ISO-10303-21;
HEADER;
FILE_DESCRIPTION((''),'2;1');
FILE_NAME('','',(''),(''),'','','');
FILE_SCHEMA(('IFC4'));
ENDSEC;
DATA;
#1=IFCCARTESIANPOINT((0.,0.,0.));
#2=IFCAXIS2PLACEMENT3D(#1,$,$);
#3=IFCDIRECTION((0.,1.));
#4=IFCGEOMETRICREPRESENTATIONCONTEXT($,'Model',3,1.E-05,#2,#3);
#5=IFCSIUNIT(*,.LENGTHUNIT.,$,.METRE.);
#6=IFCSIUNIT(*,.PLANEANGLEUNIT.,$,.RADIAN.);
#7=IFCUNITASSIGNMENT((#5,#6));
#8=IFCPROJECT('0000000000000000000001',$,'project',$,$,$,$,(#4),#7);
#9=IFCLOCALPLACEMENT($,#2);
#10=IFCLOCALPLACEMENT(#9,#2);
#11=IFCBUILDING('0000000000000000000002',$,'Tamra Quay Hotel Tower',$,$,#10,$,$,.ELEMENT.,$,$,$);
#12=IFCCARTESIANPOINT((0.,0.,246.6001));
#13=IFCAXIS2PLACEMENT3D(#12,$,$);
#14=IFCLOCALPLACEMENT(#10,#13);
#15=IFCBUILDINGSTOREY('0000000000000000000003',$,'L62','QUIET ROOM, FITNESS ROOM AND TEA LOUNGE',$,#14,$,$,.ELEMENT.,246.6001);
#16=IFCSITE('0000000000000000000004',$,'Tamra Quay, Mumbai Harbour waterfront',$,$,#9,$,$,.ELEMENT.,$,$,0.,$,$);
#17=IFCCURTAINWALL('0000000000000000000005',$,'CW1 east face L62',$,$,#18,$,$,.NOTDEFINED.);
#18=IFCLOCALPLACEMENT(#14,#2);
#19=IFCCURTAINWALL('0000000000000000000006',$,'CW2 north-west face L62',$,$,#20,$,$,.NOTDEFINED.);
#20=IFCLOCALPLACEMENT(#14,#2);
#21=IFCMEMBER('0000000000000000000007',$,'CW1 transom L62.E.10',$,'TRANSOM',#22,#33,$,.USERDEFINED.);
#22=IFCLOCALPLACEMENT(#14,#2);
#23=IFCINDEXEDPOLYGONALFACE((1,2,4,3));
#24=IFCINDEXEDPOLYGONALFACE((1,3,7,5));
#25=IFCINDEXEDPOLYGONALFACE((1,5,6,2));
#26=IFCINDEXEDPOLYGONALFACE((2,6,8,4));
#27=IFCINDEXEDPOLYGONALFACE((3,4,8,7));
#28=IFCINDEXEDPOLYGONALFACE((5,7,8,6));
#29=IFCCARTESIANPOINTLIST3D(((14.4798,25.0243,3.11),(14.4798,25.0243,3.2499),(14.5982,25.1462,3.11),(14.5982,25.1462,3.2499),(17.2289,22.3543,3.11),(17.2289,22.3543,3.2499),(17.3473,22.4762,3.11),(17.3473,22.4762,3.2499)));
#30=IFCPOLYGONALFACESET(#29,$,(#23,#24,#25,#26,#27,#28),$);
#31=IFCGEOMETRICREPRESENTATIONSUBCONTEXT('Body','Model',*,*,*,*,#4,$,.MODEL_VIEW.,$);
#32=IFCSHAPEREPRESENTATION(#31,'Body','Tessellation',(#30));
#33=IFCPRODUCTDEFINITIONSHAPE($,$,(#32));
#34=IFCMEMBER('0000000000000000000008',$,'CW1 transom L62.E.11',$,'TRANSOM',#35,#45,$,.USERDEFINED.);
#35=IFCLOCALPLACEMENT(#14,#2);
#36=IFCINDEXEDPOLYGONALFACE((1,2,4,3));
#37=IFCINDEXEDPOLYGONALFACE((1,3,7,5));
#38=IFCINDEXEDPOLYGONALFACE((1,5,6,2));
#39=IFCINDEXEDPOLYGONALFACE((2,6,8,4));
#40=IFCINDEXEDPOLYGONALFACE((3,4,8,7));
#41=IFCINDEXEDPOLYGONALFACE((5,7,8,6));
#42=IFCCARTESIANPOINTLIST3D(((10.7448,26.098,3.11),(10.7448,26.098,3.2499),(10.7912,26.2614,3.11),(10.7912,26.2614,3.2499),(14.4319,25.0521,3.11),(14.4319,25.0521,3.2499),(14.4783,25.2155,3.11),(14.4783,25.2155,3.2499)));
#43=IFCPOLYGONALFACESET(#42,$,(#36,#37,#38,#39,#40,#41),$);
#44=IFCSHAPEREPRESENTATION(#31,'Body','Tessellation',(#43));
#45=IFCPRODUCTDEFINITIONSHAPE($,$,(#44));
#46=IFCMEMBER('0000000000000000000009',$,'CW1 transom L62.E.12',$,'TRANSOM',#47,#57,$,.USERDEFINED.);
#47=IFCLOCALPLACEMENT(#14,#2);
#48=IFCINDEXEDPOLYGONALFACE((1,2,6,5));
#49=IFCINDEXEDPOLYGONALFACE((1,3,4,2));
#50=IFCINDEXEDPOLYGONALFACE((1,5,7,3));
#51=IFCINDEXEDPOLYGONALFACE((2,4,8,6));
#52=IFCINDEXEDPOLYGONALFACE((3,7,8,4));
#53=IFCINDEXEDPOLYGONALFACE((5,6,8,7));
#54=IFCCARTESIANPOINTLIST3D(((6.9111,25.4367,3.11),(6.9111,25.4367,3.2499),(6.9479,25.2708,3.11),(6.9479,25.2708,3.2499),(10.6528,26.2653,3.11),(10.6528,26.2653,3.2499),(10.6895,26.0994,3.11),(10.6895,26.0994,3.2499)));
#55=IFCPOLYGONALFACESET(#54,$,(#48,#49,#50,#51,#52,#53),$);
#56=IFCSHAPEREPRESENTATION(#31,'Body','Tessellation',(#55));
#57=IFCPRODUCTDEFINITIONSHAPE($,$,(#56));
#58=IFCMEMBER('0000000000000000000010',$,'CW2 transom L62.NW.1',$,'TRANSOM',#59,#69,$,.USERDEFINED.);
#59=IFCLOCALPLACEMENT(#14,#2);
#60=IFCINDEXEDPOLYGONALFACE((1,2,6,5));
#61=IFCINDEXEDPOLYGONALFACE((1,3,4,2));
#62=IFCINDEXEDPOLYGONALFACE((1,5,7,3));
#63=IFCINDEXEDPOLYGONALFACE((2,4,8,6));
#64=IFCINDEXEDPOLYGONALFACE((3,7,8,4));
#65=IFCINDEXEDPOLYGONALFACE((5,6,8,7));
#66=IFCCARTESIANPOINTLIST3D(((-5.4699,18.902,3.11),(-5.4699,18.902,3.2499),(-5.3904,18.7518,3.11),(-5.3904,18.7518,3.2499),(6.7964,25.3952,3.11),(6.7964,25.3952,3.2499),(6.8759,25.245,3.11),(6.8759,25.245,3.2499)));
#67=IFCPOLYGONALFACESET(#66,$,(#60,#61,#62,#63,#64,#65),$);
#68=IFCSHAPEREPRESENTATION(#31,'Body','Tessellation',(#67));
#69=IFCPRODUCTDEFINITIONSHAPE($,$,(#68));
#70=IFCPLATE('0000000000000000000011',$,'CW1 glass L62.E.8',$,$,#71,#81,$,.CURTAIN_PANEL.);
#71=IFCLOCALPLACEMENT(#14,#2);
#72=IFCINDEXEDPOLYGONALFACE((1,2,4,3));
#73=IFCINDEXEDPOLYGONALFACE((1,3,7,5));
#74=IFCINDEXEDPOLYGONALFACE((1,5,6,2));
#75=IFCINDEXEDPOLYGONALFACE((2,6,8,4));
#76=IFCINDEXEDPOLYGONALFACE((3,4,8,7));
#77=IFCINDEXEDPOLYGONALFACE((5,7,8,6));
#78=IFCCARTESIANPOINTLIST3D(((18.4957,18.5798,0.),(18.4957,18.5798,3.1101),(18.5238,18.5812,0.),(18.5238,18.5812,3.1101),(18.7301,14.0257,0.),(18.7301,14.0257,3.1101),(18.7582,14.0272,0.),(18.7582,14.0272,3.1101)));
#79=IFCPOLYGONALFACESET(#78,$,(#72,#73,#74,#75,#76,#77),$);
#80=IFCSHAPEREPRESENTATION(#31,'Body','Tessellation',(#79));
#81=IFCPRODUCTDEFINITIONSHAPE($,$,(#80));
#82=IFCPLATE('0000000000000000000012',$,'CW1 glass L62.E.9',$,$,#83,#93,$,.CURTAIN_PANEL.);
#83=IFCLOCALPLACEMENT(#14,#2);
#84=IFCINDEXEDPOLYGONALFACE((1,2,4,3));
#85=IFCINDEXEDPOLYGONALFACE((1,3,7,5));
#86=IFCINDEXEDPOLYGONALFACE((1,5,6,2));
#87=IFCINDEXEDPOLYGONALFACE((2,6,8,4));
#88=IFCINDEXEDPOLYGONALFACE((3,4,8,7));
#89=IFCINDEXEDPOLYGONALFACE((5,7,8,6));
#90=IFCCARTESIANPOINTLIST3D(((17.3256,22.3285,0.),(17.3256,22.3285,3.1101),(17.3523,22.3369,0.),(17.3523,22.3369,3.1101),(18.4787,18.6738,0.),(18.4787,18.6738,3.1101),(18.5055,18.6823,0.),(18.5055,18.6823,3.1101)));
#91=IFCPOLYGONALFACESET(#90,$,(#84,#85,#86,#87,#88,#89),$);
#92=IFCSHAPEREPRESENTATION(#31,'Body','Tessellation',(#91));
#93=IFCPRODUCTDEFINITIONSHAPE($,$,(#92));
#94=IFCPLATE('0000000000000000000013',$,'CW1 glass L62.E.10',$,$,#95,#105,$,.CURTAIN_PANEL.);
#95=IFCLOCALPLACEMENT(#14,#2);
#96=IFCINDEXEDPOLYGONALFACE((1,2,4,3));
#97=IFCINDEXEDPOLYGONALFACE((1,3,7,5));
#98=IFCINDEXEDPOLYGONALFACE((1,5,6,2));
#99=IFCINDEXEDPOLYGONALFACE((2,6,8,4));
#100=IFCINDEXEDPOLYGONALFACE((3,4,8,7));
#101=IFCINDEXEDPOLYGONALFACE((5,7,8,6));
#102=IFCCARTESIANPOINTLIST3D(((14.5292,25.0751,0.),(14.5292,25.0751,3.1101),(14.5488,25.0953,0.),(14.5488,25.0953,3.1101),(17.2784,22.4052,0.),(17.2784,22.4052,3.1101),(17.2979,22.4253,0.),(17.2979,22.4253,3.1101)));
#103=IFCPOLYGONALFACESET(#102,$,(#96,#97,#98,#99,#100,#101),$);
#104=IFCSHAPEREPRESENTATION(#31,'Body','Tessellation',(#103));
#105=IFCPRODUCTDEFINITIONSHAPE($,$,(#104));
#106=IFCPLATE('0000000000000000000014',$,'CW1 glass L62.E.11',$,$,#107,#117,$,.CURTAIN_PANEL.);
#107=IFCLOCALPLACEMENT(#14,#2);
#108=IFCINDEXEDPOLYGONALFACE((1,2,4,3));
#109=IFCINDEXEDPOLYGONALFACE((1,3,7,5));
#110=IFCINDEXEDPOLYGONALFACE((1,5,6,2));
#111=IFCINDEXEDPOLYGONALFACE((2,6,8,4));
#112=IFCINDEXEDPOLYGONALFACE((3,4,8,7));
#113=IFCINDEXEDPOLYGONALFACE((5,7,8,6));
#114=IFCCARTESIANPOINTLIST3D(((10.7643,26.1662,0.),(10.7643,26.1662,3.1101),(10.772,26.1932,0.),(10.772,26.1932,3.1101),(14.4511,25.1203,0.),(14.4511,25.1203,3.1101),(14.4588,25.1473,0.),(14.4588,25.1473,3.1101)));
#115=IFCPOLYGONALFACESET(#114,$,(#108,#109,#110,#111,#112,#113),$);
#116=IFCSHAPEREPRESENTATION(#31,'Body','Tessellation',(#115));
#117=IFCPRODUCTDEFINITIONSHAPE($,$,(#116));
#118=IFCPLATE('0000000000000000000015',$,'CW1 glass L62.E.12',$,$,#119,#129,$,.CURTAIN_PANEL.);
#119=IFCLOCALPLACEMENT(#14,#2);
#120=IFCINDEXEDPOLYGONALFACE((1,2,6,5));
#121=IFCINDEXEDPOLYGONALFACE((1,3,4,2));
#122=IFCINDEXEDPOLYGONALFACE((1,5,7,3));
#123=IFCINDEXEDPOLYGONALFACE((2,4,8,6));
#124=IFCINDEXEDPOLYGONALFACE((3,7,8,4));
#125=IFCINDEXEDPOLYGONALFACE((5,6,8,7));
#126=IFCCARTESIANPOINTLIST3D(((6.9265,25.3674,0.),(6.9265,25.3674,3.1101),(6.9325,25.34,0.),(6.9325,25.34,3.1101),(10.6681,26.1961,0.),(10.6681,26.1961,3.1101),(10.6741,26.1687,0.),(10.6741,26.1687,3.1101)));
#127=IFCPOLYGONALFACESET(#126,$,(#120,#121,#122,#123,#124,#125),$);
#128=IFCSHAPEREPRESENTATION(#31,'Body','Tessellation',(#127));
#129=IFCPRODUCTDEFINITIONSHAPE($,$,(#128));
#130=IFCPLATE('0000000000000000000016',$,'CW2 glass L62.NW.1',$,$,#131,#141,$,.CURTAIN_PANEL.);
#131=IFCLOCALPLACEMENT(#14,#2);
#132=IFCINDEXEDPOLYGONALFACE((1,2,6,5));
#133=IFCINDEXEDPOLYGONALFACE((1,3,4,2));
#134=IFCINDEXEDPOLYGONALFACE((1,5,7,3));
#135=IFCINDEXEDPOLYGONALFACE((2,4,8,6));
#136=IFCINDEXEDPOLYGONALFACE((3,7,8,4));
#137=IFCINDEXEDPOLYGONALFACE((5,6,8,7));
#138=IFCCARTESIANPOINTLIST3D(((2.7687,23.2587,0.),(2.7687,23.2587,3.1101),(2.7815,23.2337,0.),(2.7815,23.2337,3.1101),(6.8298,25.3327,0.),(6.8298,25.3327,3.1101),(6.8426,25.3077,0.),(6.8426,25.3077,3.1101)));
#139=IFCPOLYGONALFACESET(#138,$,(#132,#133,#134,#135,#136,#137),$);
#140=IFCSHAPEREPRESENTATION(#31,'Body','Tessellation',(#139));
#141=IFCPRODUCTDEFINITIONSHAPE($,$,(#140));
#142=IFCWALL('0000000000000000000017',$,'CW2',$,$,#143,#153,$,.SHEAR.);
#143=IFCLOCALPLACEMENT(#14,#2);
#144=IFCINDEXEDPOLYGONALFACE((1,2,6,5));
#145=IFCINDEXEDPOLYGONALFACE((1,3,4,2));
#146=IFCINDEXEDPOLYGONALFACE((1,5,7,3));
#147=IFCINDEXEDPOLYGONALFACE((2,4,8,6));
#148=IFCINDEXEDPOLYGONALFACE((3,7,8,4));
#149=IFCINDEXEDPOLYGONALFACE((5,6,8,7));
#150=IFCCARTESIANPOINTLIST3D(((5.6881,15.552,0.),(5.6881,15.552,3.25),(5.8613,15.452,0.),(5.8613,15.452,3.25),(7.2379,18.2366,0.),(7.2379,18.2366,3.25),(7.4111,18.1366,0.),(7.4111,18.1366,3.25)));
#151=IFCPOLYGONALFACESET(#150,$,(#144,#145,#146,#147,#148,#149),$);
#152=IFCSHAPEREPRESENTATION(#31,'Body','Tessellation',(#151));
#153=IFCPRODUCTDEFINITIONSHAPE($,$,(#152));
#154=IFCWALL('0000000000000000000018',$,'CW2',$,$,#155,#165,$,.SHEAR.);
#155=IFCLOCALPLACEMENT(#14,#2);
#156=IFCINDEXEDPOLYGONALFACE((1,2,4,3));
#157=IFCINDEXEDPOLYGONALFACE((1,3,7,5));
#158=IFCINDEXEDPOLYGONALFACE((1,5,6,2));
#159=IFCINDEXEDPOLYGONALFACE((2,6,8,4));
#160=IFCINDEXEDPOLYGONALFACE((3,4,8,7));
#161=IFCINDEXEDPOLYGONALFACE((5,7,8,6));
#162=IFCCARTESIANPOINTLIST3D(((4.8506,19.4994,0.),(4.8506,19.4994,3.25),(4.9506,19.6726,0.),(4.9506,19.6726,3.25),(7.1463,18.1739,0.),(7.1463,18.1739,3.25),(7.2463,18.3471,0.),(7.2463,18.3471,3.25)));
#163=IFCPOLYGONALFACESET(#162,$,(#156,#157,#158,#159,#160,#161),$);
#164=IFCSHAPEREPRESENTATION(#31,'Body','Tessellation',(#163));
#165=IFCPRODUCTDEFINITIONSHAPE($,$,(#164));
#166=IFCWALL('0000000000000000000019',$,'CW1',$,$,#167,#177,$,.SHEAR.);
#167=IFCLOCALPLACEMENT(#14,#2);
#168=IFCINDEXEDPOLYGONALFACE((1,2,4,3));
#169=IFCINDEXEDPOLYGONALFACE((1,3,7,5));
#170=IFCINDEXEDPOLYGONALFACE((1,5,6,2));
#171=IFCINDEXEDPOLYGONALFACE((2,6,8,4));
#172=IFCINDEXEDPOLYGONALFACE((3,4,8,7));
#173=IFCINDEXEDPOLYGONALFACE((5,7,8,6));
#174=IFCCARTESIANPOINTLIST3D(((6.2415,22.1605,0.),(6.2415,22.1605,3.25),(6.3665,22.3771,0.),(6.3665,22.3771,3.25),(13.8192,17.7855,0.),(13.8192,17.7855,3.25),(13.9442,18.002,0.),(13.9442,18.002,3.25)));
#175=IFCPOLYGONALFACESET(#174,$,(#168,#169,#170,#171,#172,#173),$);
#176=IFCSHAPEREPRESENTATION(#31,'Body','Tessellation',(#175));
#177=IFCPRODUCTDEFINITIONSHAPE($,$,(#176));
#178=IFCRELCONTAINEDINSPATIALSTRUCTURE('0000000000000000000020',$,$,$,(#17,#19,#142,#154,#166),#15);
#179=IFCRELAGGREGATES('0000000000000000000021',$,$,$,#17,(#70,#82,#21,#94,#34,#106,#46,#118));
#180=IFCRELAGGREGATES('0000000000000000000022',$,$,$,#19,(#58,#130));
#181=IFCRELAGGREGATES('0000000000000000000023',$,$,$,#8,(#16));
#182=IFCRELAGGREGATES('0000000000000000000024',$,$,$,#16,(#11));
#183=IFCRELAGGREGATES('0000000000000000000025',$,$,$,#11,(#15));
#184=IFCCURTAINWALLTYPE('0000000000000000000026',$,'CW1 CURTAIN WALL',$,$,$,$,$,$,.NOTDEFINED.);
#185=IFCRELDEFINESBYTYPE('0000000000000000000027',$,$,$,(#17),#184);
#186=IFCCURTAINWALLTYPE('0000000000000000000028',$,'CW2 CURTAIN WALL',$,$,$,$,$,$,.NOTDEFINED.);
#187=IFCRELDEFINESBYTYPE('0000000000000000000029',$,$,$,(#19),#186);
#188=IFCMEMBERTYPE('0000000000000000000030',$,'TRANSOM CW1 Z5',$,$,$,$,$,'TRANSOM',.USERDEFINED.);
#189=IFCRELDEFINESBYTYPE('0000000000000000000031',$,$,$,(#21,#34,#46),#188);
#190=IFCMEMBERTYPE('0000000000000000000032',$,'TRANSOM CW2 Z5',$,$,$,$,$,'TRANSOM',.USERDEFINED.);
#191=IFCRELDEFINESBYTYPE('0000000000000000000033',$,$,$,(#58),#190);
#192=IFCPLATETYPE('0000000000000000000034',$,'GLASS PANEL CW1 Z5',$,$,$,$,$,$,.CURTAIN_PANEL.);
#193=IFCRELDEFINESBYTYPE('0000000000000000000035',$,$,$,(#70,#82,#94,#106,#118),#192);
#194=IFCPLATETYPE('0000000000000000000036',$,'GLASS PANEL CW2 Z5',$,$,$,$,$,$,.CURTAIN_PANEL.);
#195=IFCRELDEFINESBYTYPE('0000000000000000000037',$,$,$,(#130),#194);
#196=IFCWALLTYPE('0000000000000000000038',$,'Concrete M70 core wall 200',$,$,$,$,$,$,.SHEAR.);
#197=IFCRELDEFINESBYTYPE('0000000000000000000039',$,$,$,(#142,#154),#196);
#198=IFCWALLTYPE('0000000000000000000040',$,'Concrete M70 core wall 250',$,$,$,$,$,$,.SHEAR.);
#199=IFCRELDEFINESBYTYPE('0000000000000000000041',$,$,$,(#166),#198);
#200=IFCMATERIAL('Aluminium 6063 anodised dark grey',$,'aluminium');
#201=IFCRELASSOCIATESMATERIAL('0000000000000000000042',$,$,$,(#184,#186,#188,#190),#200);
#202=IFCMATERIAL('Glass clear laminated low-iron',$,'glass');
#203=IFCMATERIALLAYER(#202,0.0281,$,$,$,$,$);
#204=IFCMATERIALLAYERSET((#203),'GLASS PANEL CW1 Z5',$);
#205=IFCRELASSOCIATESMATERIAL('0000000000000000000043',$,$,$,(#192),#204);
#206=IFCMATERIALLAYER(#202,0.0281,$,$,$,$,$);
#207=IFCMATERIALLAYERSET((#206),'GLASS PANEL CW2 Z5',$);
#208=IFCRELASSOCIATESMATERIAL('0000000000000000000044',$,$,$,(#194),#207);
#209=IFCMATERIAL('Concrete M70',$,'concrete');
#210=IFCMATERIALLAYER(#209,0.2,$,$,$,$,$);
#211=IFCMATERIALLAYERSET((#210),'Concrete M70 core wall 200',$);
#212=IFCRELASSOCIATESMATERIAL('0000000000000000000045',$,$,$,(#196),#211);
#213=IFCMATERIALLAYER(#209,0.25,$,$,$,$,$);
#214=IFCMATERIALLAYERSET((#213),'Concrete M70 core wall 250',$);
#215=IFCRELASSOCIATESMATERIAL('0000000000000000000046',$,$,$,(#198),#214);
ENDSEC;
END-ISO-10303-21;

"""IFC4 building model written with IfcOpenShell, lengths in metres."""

from ifc_helpers import new_model, si_unit, direction, frame, frame_2d, origin, origin_2d, place, context, subcontext, project, spatial, rectangle, extrude, material, layer, layer_set, material_profile, profile_set, type_object, element, aggregate, save


model = new_model("IFC4")

# Units and contexts
model_context = context("Model", 3, precision=1e-05, world=origin(), true_north=direction((0.0, 1.0)))
body_context = subcontext(model_context, "Body", "Model", "MODEL_VIEW")
ifc_project = project(units=[si_unit("LENGTHUNIT", "METRE"), si_unit("PLANEANGLEUNIT", "RADIAN")], contexts=[model_context])

# Site, building, storey
site_placement = place(None, origin())
site = spatial("IfcSite", under=ifc_project, at=site_placement, Name="Tamra Quay, Mumbai Harbour waterfront", CompositionType="ELEMENT", RefElevation=0.0)
building_placement = place(site_placement, origin())
building = spatial("IfcBuilding", under=site, at=building_placement, Name="Tamra Quay Hotel Tower", CompositionType="ELEMENT")
storey_placement = place(building_placement, frame((0.0, 0.0, 246.6001)))
storey = spatial("IfcBuildingStorey", under=building, at=storey_placement, Name="L62", Description="QUIET ROOM, FITNESS ROOM AND TEA LOUNGE", CompositionType="ELEMENT", Elevation=246.6001)

# Shared definitions
ifc_material_1 = material(Name="Concrete M70", Category="concrete")

# Curtain wall
ifc_material_2 = material(Name="Aluminium 6063 anodised dark grey", Category="aluminium")
curtain_wall_type_1 = type_object("IfcCurtainWallType", Name="CW1 CURTAIN WALL", PredefinedType="NOTDEFINED", material=ifc_material_2)
curtain_wall_1_placement = place(storey_placement, origin())
curtain_wall_1 = element("IfcCurtainWall", 1, at=curtain_wall_1_placement, inside=storey, type_object=curtain_wall_type_1, Name="CW1 east face L62", PredefinedType="NOTDEFINED")

# Curtain wall
curtain_wall_type_2 = type_object("IfcCurtainWallType", Name="CW2 CURTAIN WALL", PredefinedType="NOTDEFINED", material=ifc_material_2)
curtain_wall_2_placement = place(storey_placement, origin())
curtain_wall_2 = element("IfcCurtainWall", 2, at=curtain_wall_2_placement, inside=storey, type_object=curtain_wall_type_2, Name="CW2 north-west face L62", PredefinedType="NOTDEFINED")

# Members
ifc_material_profile_1 = material_profile(ifc_material_2, rectangle(XDim=0.1699, YDim=0.1399, at=origin_2d()), Name="TRANSOM 170X140")
ifc_profile_set_1 = profile_set([ifc_material_profile_1], Name="Aluminium 6063 anodised dark grey")
member_type_1 = type_object("IfcMemberType", Name="TRANSOM CW1 Z5", ElementType="TRANSOM", PredefinedType="USERDEFINED", material=ifc_profile_set_1)
member_1_placement = place(storey_placement, frame((17.2881, 22.4153, 3.1799), z_axis=(-0.717352, 0.696711, 0.0), x_axis=(-0.696711, -0.717352, 0.0)))
member_1 = element("IfcMember", 3, at=member_1_placement, type_object=member_type_1, Name="CW1 transom L62.E.10", ObjectType="TRANSOM", PredefinedType="USERDEFINED", context=body_context, shape_type="SweptSolid", body=[
    extrude(rectangle(XDim=0.1699, YDim=0.1399, at=origin_2d()), origin(), (0.0, 0.0, 1.0), 3.8323),
])
member_2_placement = place(storey_placement, frame((14.4551, 25.1338, 3.1799), z_axis=(-0.962041, 0.272903, 0.0), x_axis=(-0.272903, -0.962041, 0.0)))
member_2 = element("IfcMember", 4, at=member_2_placement, type_object=member_type_1, Name="CW1 transom L62.E.11", ObjectType="TRANSOM", PredefinedType="USERDEFINED", context=body_context, shape_type="SweptSolid", body=[
    extrude(rectangle(XDim=0.1699, YDim=0.1399, at=origin_2d()), origin(), (0.0, 0.0, 1.0), 3.8325),
])
member_3_placement = place(storey_placement, frame((10.6711, 26.1824, 3.1799), z_axis=(-0.976346, -0.216215, 0.0), x_axis=(0.216215, -0.976346, 0.0)))
member_3 = element("IfcMember", 5, at=member_3_placement, type_object=member_type_1, Name="CW1 transom L62.E.12", ObjectType="TRANSOM", PredefinedType="USERDEFINED", context=body_context, shape_type="SweptSolid", body=[
    extrude(rectangle(XDim=0.1699, YDim=0.1399, at=origin_2d()), origin(), (0.0, 0.0, 1.0), 3.8323),
])
ifc_material_profile_2 = material_profile(ifc_material_2, rectangle(XDim=0.1699, YDim=0.1399, at=origin_2d()), Name="TRANSOM 170X140")
ifc_profile_set_2 = profile_set([ifc_material_profile_2], Name="Aluminium 6063 anodised dark grey")
member_type_2 = type_object("IfcMemberType", Name="TRANSOM CW2 Z5", ElementType="TRANSOM", PredefinedType="USERDEFINED", material=ifc_profile_set_2)
member_4_placement = place(storey_placement, frame((6.8362, 25.3201, 3.1799), z_axis=(-0.883811, -0.467843, 0.0), x_axis=(0.467843, -0.883811, 0.0)))
member_4 = element("IfcMember", 6, at=member_4_placement, type_object=member_type_2, Name="CW2 transom L62.NW.1", ObjectType="TRANSOM", PredefinedType="USERDEFINED", context=body_context, shape_type="SweptSolid", body=[
    extrude(rectangle(XDim=0.1699, YDim=0.1399, at=origin_2d()), origin(), (0.0, 0.0, 1.0), 13.8789),
])

# Plates
ifc_material_3 = material(Name="Glass clear laminated low-iron", Category="glass")
ifc_layer_1 = layer(ifc_material_3, 0.0281)
ifc_layer_set_1 = layer_set([ifc_layer_1], Name="GLASS PANEL CW1 Z5")
plate_type_1 = type_object("IfcPlateType", Name="GLASS PANEL CW1 Z5", PredefinedType="CURTAIN_PANEL", material=ifc_layer_set_1)
plate_1_placement = place(storey_placement, frame((18.627, 16.3035, 0.0), z_axis=(0.0, 0.0, 1.0), x_axis=(-0.051403, 0.998678, 0.0)))
plate_1 = element("IfcPlate", 7, at=plate_1_placement, type_object=plate_type_1, Name="CW1 glass L62.E.8", PredefinedType="CURTAIN_PANEL", context=body_context, shape_type="SweptSolid", body=[
    extrude(rectangle(XDim=4.5601, YDim=0.0281, at=origin_2d()), origin(), (0.0, 0.0, 1.0), 3.1101),
])
plate_2_placement = place(storey_placement, frame((17.9155, 20.5054, 0.0), z_axis=(0.0, 0.0, 1.0), x_axis=(-0.300903, 0.953655, 0.0)))
plate_2 = element("IfcPlate", 8, at=plate_2_placement, type_object=plate_type_1, Name="CW1 glass L62.E.9", PredefinedType="CURTAIN_PANEL", context=body_context, shape_type="SweptSolid", body=[
    extrude(rectangle(XDim=3.8323, YDim=0.0281, at=origin_2d()), origin(), (0.0, 0.0, 1.0), 3.1101),
])
plate_3_placement = place(storey_placement, frame((15.9136, 23.7502, 0.0), z_axis=(0.0, 0.0, 1.0), x_axis=(-0.717364, 0.696698, 0.0)))
plate_3 = element("IfcPlate", 9, at=plate_3_placement, type_object=plate_type_1, Name="CW1 glass L62.E.10", PredefinedType="CURTAIN_PANEL", context=body_context, shape_type="SweptSolid", body=[
    extrude(rectangle(XDim=3.8323, YDim=0.0281, at=origin_2d()), origin(), (0.0, 0.0, 1.0), 3.1101),
])
plate_4_placement = place(storey_placement, frame((12.6116, 25.6567, 0.0), z_axis=(0.0, 0.0, 1.0), x_axis=(-0.962041, 0.272906, 0.0)))
plate_4 = element("IfcPlate", 10, at=plate_4_placement, type_object=plate_type_1, Name="CW1 glass L62.E.11", PredefinedType="CURTAIN_PANEL", context=body_context, shape_type="SweptSolid", body=[
    extrude(rectangle(XDim=3.8323, YDim=0.0281, at=origin_2d()), origin(), (0.0, 0.0, 1.0), 3.1101),
])
plate_5_placement = place(storey_placement, frame((8.8003, 25.7681, 0.0), z_axis=(0.0, 0.0, 1.0), x_axis=(-0.976341, -0.216238, 0.0)))
plate_5 = element("IfcPlate", 11, at=plate_5_placement, type_object=plate_type_1, Name="CW1 glass L62.E.12", PredefinedType="CURTAIN_PANEL", context=body_context, shape_type="SweptSolid", body=[
    extrude(rectangle(XDim=3.8323, YDim=0.0281, at=origin_2d()), origin(), (0.0, 0.0, 1.0), 3.1101),
])
aggregate(curtain_wall_1, [plate_1, plate_2, member_1, plate_3, member_2, plate_4, member_3, plate_5])
ifc_layer_2 = layer(ifc_material_3, 0.0281)
ifc_layer_set_2 = layer_set([ifc_layer_2], Name="GLASS PANEL CW2 Z5")
plate_type_2 = type_object("IfcPlateType", Name="GLASS PANEL CW2 Z5", PredefinedType="CURTAIN_PANEL", material=ifc_layer_set_2)
plate_6_placement = place(storey_placement, frame((4.8057, 24.2832, 0.0), z_axis=(0.0, 0.0, 1.0), x_axis=(-0.890582, -0.454823, 0.0)))
plate_6 = element("IfcPlate", 12, at=plate_6_placement, type_object=plate_type_2, Name="CW2 glass L62.NW.1", PredefinedType="CURTAIN_PANEL", context=body_context, shape_type="SweptSolid", body=[
    extrude(rectangle(XDim=4.5601, YDim=0.0281, at=origin_2d()), origin(), (0.0, 0.0, 1.0), 3.1101),
])
aggregate(curtain_wall_2, [member_4, plate_6])

# Walls
ifc_layer_3 = layer(ifc_material_1, 0.2)
ifc_layer_set_3 = layer_set([ifc_layer_3], Name="Concrete M70 core wall 200")
wall_type_1 = type_object("IfcWallType", Name="Concrete M70 core wall 200", PredefinedType="SHEAR", material=ifc_layer_set_3)
wall_1_placement = place(storey_placement, frame((7.3245, 18.1865, 0.0), z_axis=(0.0, 0.0, 1.0), x_axis=(-0.499968, -0.866044, 0.0)))
element("IfcWall", 13, at=wall_1_placement, inside=storey, type_object=wall_type_1, Name="CW2", PredefinedType="SHEAR", context=body_context, shape_type="SweptSolid", body=[
    extrude(rectangle(XDim=3.0999, YDim=0.2, at=frame_2d((1.5498, 0.0))), origin(), (0.0, 0.0, 1.0), 3.25),
])
wall_2_placement = place(storey_placement, frame((7.1963, 18.2605, 0.0), z_axis=(0.0, 0.0, 1.0), x_axis=(-0.866018, 0.500012, 0.0)))
element("IfcWall", 14, at=wall_2_placement, inside=storey, type_object=wall_type_1, Name="CW2", PredefinedType="SHEAR", context=body_context, shape_type="SweptSolid", body=[
    extrude(rectangle(XDim=2.6509, YDim=0.2, at=frame_2d((1.3254, 0.0))), origin(), (0.0, 0.0, 1.0), 3.25),
])
ifc_layer_4 = layer(ifc_material_1, 0.25)
ifc_layer_set_4 = layer_set([ifc_layer_4], Name="Concrete M70 core wall 250")
wall_type_2 = type_object("IfcWallType", Name="Concrete M70 core wall 250", PredefinedType="SHEAR", material=ifc_layer_set_4)
wall_3_placement = place(storey_placement, frame((6.304, 22.2688, 0.0), z_axis=(0.0, 0.0, 1.0), x_axis=(0.866023, -0.500004, 0.0)))
element("IfcWall", 15, at=wall_3_placement, inside=storey, type_object=wall_type_2, Name="CW1", PredefinedType="SHEAR", context=body_context, shape_type="SweptSolid", body=[
    extrude(rectangle(XDim=8.75, YDim=0.25, at=frame_2d((4.375, 0.0))), origin(), (0.0, 0.0, 1.0), 3.25),
])

save(model, "model.ifc")
